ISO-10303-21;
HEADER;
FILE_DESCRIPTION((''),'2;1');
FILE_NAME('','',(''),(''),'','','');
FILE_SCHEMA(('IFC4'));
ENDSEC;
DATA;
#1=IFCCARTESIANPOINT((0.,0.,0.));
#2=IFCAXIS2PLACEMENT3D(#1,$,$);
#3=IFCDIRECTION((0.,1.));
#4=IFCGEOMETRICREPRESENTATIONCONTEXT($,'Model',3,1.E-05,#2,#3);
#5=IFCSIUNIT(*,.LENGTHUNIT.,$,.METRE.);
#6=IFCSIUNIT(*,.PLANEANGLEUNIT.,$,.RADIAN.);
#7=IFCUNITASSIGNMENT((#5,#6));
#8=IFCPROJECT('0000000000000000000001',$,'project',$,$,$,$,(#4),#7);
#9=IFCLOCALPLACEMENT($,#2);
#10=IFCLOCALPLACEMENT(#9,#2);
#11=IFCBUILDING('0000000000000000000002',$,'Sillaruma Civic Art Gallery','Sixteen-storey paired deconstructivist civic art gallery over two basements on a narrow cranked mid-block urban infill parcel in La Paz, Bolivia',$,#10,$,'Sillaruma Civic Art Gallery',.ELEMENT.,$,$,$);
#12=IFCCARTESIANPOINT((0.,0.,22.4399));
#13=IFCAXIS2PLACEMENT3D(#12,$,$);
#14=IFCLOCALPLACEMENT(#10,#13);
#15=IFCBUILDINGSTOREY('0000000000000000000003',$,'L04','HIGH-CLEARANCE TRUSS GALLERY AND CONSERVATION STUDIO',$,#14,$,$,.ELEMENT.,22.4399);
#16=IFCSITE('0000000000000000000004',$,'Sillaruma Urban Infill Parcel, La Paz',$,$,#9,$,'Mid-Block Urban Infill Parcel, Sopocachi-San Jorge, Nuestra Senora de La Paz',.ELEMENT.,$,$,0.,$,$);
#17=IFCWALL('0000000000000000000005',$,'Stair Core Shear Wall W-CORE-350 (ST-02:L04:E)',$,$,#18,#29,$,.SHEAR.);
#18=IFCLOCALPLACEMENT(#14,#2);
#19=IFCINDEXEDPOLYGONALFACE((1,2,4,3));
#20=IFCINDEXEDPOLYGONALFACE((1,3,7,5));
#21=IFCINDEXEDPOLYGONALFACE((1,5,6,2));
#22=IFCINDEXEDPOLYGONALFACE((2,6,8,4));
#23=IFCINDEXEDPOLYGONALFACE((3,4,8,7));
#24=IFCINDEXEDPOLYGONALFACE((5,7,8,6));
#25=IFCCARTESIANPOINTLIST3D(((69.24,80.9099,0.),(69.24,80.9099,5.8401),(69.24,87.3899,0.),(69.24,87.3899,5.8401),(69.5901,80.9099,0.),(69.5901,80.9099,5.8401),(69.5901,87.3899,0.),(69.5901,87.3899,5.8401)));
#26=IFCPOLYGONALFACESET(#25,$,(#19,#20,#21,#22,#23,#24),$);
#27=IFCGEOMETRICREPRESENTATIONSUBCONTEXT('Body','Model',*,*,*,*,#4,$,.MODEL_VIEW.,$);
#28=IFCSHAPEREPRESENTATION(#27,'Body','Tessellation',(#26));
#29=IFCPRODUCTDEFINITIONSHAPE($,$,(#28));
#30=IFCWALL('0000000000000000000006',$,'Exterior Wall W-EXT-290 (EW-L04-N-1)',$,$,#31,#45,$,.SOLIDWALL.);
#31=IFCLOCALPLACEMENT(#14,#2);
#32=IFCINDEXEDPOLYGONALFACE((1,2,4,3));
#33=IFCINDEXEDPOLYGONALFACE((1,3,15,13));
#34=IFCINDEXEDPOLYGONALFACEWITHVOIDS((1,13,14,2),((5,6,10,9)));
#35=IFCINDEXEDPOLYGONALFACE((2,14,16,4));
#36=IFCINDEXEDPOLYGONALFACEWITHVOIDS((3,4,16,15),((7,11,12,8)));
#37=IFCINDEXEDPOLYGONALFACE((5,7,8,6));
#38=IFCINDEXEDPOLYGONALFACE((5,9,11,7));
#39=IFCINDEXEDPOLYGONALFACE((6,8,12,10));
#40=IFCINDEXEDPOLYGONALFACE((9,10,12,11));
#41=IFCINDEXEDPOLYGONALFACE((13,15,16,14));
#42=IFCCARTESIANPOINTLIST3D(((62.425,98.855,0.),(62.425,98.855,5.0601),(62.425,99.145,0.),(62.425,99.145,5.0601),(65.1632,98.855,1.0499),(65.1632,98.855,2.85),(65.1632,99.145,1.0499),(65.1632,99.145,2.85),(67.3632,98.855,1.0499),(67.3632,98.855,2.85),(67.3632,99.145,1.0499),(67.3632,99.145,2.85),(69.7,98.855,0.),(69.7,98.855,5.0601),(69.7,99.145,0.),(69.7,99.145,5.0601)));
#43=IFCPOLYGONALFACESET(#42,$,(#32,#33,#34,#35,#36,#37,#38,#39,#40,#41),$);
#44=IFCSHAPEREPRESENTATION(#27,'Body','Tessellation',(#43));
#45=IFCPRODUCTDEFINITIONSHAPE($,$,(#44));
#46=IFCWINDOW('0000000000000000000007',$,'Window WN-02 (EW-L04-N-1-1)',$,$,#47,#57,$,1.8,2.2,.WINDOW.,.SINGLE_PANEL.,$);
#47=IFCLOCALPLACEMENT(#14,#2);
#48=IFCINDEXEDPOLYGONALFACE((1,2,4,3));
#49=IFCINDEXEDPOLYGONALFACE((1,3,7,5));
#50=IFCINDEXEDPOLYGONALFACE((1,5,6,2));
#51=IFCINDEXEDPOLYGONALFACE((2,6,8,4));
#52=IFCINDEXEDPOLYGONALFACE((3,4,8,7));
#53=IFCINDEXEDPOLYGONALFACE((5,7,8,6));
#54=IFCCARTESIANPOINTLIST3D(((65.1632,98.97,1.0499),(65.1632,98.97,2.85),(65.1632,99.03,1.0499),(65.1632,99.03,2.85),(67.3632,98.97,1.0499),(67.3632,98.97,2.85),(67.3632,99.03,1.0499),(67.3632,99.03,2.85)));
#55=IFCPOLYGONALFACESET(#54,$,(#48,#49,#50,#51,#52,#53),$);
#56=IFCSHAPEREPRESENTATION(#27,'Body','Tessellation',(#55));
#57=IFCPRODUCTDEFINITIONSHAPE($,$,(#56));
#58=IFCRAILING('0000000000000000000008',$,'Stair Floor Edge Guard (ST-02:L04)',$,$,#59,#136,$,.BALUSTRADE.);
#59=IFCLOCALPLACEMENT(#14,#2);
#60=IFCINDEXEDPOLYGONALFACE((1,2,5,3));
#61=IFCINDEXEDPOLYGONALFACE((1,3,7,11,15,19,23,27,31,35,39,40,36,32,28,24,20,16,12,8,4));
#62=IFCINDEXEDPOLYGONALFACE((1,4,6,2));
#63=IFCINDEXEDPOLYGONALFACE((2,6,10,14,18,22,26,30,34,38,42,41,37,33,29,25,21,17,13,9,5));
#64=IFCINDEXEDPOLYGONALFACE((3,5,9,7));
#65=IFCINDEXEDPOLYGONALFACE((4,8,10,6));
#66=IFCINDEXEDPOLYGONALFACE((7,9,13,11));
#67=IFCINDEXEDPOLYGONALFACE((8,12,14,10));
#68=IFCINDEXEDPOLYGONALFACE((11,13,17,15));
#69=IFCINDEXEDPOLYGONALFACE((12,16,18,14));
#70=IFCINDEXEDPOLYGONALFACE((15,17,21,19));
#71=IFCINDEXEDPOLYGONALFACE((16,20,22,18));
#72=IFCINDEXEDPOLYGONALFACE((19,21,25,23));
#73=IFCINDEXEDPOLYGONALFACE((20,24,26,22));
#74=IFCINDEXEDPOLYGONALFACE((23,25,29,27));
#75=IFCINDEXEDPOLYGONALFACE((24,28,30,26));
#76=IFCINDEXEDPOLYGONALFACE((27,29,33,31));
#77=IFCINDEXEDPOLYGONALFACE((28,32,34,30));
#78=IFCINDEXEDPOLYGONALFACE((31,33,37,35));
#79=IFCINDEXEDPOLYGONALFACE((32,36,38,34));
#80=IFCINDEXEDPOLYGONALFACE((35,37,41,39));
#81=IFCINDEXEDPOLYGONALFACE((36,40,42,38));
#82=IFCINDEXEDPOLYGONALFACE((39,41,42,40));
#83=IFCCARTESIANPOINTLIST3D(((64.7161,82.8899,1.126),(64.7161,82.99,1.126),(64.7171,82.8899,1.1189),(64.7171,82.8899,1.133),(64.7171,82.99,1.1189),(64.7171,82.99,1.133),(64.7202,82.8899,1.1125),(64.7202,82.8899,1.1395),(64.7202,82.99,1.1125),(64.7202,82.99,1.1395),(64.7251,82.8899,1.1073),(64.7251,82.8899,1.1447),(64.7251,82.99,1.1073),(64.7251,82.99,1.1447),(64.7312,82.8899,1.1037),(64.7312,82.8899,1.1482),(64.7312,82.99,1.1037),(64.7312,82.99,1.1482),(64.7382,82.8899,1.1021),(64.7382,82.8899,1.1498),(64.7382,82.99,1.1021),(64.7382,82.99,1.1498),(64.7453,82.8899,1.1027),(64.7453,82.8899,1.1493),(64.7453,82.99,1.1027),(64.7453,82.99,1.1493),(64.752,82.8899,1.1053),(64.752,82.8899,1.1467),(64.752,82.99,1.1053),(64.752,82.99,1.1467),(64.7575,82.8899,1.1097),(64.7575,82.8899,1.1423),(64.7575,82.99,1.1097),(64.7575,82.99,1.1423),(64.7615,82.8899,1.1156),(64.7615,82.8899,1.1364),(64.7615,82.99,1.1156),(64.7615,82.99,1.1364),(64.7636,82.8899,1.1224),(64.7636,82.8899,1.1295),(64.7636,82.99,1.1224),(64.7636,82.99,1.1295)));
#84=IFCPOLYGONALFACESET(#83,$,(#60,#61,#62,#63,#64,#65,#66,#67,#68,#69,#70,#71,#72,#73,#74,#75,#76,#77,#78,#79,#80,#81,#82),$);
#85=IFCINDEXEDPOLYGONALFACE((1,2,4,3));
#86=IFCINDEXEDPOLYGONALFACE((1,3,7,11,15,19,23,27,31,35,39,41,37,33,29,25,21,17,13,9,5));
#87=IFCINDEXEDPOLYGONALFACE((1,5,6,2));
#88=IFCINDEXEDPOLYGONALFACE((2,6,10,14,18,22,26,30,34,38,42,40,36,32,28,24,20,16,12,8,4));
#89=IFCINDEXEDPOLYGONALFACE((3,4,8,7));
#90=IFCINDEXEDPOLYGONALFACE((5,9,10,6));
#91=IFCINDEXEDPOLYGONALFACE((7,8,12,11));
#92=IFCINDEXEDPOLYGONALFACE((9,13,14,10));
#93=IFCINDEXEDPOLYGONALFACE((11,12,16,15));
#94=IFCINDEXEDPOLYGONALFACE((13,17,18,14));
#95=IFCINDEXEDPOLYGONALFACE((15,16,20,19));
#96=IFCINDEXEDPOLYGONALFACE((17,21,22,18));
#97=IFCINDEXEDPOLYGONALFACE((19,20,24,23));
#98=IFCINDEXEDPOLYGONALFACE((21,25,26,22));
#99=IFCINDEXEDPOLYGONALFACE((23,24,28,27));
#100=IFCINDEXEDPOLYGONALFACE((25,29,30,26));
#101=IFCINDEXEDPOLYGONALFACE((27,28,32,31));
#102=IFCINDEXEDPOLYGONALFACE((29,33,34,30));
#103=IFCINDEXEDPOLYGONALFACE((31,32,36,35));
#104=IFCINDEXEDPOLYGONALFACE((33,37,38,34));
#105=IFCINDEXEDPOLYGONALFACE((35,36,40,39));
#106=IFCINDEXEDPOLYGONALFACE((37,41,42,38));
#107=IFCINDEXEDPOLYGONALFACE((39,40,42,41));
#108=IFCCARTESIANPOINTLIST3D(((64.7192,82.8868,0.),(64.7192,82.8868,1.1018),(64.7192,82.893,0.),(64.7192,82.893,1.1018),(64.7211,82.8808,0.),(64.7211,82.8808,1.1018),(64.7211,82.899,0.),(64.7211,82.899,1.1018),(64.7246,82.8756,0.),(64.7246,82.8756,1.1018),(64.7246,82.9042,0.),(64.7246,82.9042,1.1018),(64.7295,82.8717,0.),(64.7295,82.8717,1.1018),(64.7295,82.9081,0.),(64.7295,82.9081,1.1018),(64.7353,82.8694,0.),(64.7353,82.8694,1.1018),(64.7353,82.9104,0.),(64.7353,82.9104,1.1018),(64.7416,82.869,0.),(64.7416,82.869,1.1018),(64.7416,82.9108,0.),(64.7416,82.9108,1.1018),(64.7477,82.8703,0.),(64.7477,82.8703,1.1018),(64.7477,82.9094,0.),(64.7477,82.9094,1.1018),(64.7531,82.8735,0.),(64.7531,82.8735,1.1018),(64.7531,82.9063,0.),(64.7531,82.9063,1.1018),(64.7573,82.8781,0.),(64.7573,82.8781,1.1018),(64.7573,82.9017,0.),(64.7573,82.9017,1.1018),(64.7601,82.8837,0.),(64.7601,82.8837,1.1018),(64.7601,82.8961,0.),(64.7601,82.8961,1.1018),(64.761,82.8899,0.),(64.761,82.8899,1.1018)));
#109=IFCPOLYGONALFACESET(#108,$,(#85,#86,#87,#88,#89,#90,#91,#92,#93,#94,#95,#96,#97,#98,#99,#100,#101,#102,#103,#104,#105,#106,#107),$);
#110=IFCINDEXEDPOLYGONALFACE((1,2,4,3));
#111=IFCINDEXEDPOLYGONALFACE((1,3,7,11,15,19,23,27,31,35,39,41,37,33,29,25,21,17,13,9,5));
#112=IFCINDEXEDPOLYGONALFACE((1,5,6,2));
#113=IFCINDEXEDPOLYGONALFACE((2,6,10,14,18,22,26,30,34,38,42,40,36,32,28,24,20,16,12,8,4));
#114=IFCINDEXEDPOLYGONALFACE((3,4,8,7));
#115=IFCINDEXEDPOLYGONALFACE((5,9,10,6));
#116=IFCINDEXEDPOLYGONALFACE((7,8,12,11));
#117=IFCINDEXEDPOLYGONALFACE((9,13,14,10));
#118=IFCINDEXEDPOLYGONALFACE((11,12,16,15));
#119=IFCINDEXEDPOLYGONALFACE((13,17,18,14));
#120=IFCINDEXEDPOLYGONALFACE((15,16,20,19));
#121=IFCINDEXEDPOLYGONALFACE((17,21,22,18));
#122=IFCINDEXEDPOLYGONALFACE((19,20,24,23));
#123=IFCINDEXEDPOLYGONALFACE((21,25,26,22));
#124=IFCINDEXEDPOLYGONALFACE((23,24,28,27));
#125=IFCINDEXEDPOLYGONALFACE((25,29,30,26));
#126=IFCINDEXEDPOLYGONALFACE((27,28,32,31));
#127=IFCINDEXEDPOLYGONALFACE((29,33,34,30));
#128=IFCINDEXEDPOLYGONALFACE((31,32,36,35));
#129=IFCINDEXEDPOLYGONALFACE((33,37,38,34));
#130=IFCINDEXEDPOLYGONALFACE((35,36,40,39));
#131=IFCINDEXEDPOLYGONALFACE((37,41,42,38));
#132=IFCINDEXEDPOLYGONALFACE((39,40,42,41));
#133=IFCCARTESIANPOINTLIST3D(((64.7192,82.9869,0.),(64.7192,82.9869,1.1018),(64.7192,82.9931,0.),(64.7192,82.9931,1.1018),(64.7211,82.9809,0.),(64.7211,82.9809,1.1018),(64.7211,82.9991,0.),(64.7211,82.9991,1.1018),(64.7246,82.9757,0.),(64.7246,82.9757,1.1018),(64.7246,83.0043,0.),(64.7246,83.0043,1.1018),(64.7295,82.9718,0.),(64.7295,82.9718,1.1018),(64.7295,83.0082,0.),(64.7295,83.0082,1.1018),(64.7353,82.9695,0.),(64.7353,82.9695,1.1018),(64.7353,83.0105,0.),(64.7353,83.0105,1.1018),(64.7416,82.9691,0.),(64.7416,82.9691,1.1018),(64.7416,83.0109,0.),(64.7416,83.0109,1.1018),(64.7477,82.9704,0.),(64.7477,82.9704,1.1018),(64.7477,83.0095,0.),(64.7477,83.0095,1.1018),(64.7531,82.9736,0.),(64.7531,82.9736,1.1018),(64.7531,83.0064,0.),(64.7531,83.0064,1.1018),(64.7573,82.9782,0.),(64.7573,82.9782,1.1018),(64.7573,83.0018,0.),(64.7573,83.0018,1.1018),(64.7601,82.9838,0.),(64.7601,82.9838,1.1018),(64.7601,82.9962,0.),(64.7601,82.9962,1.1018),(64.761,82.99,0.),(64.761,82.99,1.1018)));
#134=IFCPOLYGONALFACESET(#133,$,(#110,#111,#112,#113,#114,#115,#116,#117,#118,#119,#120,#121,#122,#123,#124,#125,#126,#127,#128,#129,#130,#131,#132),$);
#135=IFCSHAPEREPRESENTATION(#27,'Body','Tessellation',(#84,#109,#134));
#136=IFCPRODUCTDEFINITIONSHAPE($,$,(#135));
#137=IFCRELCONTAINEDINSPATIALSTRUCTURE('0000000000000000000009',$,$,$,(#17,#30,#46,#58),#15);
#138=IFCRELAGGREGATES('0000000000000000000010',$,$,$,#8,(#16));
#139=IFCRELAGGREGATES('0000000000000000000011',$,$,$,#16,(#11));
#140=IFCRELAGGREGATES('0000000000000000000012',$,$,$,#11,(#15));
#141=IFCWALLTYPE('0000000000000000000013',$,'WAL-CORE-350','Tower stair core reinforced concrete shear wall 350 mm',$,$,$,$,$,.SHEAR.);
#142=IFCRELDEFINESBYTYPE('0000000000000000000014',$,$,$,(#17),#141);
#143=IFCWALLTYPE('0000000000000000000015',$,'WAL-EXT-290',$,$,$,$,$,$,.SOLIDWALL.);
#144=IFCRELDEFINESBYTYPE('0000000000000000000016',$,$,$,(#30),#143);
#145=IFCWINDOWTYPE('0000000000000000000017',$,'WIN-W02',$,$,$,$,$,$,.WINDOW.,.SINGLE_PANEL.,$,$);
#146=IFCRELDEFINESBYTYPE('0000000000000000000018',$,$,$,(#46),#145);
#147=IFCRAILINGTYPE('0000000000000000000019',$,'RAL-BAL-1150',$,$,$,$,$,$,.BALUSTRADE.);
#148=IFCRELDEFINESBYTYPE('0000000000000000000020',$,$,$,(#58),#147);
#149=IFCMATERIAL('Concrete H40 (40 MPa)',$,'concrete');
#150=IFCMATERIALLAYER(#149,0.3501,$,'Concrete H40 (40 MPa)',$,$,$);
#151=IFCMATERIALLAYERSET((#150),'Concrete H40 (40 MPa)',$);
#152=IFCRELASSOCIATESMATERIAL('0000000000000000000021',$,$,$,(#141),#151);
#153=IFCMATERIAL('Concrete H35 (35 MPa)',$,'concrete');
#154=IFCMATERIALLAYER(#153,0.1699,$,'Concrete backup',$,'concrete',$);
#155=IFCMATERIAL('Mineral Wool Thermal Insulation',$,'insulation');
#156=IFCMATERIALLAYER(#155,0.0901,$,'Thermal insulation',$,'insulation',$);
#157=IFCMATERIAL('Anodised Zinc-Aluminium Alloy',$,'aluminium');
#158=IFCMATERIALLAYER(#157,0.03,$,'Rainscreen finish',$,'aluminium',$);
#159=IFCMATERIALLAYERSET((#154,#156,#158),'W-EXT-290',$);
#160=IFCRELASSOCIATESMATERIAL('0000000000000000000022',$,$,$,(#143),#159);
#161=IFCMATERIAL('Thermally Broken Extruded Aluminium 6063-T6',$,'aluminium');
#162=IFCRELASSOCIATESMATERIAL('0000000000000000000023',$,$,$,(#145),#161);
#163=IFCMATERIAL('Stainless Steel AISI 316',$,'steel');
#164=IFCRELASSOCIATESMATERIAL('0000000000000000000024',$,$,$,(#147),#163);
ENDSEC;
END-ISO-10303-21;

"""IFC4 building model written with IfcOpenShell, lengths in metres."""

from ifc_helpers import new_model, si_unit, direction, frame, frame_2d, origin, origin_2d, place, context, subcontext, project, spatial, rectangle, circle, extrude, material, layer, layer_set, type_object, element, fill, save


model = new_model("IFC4")

# Units and contexts
model_context = context("Model", 3, precision=1e-05, world=origin(), true_north=direction((0.0, 1.0)))
body_context = subcontext(model_context, "Body", "Model", "MODEL_VIEW")
ifc_project = project(units=[si_unit("LENGTHUNIT", "METRE"), si_unit("PLANEANGLEUNIT", "RADIAN")], contexts=[model_context])

# Site, building, storey
site_placement = place(None, origin())
site = spatial("IfcSite", under=ifc_project, at=site_placement, Name="Sillaruma Urban Infill Parcel, La Paz", LongName="Mid-Block Urban Infill Parcel, Sopocachi-San Jorge, Nuestra Senora de La Paz", CompositionType="ELEMENT", RefElevation=0.0)
building_placement = place(site_placement, origin())
building = spatial("IfcBuilding", under=site, at=building_placement, Name="Sillaruma Civic Art Gallery", Description="Sixteen-storey paired deconstructivist civic art gallery over two basements on a narrow cranked mid-block urban infill parcel in La Paz, Bolivia", LongName="Sillaruma Civic Art Gallery", CompositionType="ELEMENT")
storey_placement = place(building_placement, frame((0.0, 0.0, 22.4399)))
storey = spatial("IfcBuildingStorey", under=building, at=storey_placement, Name="L04", Description="HIGH-CLEARANCE TRUSS GALLERY AND CONSERVATION STUDIO", CompositionType="ELEMENT", Elevation=22.4399)

# Shared definitions
ifc_material_1 = material(Name="Concrete H40 (40 MPa)", Category="concrete")

# Shared definitions
ifc_material_2 = material(Name="Concrete H35 (35 MPa)", Category="concrete")

# Shared definitions
ifc_material_3 = material(Name="Thermally Broken Extruded Aluminium 6063-T6", Category="aluminium")

# Wall
ifc_layer_1 = layer(ifc_material_1, 0.3501, Name="Concrete H40 (40 MPa)")
ifc_layer_set_1 = layer_set([ifc_layer_1], Name="Concrete H40 (40 MPa)")
wall_type_1 = type_object("IfcWallType", Name="WAL-CORE-350", Description="Tower stair core reinforced concrete shear wall 350 mm", PredefinedType="SHEAR", material=ifc_layer_set_1)
for number, where, z_axis, x_axis, name in (
    (1, (69.415, 80.9099, 0.0), (0.0, 0.0, 1.0), (0.0, 1.0, 0.0), "Stair Core Shear Wall W-CORE-350 (ST-02:L04:E)"),
):
    element("IfcWall", number, at=place(storey_placement, frame(where, z_axis=z_axis, x_axis=x_axis)), inside=storey, type_object=wall_type_1, Name=name, PredefinedType="SHEAR", context=body_context, shape_type="SweptSolid", body=[
        extrude(rectangle(XDim=6.48, YDim=0.3501, at=frame_2d((3.24, 0.0))), origin(), (0.0, 0.0, 1.0), 5.8401),
    ])

# Wall, opening, window
ifc_layer_2 = layer(ifc_material_2, 0.1699, Name="Concrete backup", Category="concrete")
ifc_material_4 = material(Name="Mineral Wool Thermal Insulation", Category="insulation")
ifc_layer_3 = layer(ifc_material_4, 0.0901, Name="Thermal insulation", Category="insulation")
ifc_material_5 = material(Name="Anodised Zinc-Aluminium Alloy", Category="aluminium")
ifc_layer_4 = layer(ifc_material_5, 0.03, Name="Rainscreen finish", Category="aluminium")
ifc_layer_set_2 = layer_set([ifc_layer_2, ifc_layer_3, ifc_layer_4], Name="W-EXT-290")
wall_type_2 = type_object("IfcWallType", Name="WAL-EXT-290", PredefinedType="SOLIDWALL", material=ifc_layer_set_2)
wall_placement = place(storey_placement, frame((62.425, 99.0, 0.0), z_axis=(0.0, 0.0, 1.0), x_axis=(1.0, 0.0, 0.0)))
wall = element("IfcWall", 2, at=wall_placement, inside=storey, type_object=wall_type_2, Name="Exterior Wall W-EXT-290 (EW-L04-N-1)", PredefinedType="SOLIDWALL", context=body_context, shape_type="SweptSolid", body=[
    extrude(rectangle(XDim=7.2749, YDim=0.29, at=frame_2d((3.6375, 0.0))), origin(), (0.0, 0.0, 1.0), 5.0601),
])
opening_placement = place(wall_placement, frame((2.738, 0.0, 1.05)))
opening = element("IfcOpeningElement", 3, at=opening_placement, cuts=wall, PredefinedType="OPENING", context=body_context, shape_type="SweptSolid", body=[
    extrude(rectangle(XDim=2.2, YDim=1.8, at=frame_2d((1.1001, 0.8999))), frame((0.0, 0.155, 0.0), z_axis=(0.0, -1.0, 0.0), x_axis=(1.0, 0.0, 0.0)), (0.0, 0.0, 1.0), 0.3101),
])
window_type = type_object("IfcWindowType", Name="WIN-W02", PartitioningType="SINGLE_PANEL", PredefinedType="WINDOW", material=ifc_material_3)
window_placement = place(opening_placement, origin())
window = element("IfcWindow", 4, at=window_placement, inside=storey, type_object=window_type, Name="Window WN-02 (EW-L04-N-1-1)", OverallHeight=1.8, OverallWidth=2.2, PartitioningType="SINGLE_PANEL", PredefinedType="WINDOW", context=body_context, shape_type="SweptSolid", body=[
    extrude(rectangle(XDim=2.2, YDim=1.8, at=frame_2d((1.1001, 0.8999))), frame((0.0, 0.03, 0.0), z_axis=(0.0, -1.0, 0.0), x_axis=(1.0, 0.0, 0.0)), (0.0, 0.0, 1.0), 0.0601),
])
fill(opening, window)

# Railing
ifc_material_6 = material(Name="Stainless Steel AISI 316", Category="steel")
railing_type_1 = type_object("IfcRailingType", Name="RAL-BAL-1150", PredefinedType="BALUSTRADE", material=ifc_material_6)
railing_1_placement = place(storey_placement, frame((64.74, 82.8899, 0.0)))
element("IfcRailing", 5, at=railing_1_placement, inside=storey, type_object=railing_type_1, Name="Stair Floor Edge Guard (ST-02:L04)", PredefinedType="BALUSTRADE", context=body_context, shape_type="SweptSolid", body=[
    extrude(circle(Radius=0.0239, at=origin_2d()), frame((0.0, 0.0, 1.126), z_axis=(0.0, 1.0, 0.0), x_axis=(-1.0, 0.0, 0.0)), (0.0, 0.0, 1.0), 0.1001),
    extrude(circle(Radius=0.021, at=origin_2d()), origin(), (0.0, 0.0, 1.0), 1.1018),
    extrude(circle(Radius=0.021, at=origin_2d()), frame((0.0, 0.1001, 0.0)), (0.0, 0.0, 1.0), 1.1018),
])

save(model, "model.ifc")
